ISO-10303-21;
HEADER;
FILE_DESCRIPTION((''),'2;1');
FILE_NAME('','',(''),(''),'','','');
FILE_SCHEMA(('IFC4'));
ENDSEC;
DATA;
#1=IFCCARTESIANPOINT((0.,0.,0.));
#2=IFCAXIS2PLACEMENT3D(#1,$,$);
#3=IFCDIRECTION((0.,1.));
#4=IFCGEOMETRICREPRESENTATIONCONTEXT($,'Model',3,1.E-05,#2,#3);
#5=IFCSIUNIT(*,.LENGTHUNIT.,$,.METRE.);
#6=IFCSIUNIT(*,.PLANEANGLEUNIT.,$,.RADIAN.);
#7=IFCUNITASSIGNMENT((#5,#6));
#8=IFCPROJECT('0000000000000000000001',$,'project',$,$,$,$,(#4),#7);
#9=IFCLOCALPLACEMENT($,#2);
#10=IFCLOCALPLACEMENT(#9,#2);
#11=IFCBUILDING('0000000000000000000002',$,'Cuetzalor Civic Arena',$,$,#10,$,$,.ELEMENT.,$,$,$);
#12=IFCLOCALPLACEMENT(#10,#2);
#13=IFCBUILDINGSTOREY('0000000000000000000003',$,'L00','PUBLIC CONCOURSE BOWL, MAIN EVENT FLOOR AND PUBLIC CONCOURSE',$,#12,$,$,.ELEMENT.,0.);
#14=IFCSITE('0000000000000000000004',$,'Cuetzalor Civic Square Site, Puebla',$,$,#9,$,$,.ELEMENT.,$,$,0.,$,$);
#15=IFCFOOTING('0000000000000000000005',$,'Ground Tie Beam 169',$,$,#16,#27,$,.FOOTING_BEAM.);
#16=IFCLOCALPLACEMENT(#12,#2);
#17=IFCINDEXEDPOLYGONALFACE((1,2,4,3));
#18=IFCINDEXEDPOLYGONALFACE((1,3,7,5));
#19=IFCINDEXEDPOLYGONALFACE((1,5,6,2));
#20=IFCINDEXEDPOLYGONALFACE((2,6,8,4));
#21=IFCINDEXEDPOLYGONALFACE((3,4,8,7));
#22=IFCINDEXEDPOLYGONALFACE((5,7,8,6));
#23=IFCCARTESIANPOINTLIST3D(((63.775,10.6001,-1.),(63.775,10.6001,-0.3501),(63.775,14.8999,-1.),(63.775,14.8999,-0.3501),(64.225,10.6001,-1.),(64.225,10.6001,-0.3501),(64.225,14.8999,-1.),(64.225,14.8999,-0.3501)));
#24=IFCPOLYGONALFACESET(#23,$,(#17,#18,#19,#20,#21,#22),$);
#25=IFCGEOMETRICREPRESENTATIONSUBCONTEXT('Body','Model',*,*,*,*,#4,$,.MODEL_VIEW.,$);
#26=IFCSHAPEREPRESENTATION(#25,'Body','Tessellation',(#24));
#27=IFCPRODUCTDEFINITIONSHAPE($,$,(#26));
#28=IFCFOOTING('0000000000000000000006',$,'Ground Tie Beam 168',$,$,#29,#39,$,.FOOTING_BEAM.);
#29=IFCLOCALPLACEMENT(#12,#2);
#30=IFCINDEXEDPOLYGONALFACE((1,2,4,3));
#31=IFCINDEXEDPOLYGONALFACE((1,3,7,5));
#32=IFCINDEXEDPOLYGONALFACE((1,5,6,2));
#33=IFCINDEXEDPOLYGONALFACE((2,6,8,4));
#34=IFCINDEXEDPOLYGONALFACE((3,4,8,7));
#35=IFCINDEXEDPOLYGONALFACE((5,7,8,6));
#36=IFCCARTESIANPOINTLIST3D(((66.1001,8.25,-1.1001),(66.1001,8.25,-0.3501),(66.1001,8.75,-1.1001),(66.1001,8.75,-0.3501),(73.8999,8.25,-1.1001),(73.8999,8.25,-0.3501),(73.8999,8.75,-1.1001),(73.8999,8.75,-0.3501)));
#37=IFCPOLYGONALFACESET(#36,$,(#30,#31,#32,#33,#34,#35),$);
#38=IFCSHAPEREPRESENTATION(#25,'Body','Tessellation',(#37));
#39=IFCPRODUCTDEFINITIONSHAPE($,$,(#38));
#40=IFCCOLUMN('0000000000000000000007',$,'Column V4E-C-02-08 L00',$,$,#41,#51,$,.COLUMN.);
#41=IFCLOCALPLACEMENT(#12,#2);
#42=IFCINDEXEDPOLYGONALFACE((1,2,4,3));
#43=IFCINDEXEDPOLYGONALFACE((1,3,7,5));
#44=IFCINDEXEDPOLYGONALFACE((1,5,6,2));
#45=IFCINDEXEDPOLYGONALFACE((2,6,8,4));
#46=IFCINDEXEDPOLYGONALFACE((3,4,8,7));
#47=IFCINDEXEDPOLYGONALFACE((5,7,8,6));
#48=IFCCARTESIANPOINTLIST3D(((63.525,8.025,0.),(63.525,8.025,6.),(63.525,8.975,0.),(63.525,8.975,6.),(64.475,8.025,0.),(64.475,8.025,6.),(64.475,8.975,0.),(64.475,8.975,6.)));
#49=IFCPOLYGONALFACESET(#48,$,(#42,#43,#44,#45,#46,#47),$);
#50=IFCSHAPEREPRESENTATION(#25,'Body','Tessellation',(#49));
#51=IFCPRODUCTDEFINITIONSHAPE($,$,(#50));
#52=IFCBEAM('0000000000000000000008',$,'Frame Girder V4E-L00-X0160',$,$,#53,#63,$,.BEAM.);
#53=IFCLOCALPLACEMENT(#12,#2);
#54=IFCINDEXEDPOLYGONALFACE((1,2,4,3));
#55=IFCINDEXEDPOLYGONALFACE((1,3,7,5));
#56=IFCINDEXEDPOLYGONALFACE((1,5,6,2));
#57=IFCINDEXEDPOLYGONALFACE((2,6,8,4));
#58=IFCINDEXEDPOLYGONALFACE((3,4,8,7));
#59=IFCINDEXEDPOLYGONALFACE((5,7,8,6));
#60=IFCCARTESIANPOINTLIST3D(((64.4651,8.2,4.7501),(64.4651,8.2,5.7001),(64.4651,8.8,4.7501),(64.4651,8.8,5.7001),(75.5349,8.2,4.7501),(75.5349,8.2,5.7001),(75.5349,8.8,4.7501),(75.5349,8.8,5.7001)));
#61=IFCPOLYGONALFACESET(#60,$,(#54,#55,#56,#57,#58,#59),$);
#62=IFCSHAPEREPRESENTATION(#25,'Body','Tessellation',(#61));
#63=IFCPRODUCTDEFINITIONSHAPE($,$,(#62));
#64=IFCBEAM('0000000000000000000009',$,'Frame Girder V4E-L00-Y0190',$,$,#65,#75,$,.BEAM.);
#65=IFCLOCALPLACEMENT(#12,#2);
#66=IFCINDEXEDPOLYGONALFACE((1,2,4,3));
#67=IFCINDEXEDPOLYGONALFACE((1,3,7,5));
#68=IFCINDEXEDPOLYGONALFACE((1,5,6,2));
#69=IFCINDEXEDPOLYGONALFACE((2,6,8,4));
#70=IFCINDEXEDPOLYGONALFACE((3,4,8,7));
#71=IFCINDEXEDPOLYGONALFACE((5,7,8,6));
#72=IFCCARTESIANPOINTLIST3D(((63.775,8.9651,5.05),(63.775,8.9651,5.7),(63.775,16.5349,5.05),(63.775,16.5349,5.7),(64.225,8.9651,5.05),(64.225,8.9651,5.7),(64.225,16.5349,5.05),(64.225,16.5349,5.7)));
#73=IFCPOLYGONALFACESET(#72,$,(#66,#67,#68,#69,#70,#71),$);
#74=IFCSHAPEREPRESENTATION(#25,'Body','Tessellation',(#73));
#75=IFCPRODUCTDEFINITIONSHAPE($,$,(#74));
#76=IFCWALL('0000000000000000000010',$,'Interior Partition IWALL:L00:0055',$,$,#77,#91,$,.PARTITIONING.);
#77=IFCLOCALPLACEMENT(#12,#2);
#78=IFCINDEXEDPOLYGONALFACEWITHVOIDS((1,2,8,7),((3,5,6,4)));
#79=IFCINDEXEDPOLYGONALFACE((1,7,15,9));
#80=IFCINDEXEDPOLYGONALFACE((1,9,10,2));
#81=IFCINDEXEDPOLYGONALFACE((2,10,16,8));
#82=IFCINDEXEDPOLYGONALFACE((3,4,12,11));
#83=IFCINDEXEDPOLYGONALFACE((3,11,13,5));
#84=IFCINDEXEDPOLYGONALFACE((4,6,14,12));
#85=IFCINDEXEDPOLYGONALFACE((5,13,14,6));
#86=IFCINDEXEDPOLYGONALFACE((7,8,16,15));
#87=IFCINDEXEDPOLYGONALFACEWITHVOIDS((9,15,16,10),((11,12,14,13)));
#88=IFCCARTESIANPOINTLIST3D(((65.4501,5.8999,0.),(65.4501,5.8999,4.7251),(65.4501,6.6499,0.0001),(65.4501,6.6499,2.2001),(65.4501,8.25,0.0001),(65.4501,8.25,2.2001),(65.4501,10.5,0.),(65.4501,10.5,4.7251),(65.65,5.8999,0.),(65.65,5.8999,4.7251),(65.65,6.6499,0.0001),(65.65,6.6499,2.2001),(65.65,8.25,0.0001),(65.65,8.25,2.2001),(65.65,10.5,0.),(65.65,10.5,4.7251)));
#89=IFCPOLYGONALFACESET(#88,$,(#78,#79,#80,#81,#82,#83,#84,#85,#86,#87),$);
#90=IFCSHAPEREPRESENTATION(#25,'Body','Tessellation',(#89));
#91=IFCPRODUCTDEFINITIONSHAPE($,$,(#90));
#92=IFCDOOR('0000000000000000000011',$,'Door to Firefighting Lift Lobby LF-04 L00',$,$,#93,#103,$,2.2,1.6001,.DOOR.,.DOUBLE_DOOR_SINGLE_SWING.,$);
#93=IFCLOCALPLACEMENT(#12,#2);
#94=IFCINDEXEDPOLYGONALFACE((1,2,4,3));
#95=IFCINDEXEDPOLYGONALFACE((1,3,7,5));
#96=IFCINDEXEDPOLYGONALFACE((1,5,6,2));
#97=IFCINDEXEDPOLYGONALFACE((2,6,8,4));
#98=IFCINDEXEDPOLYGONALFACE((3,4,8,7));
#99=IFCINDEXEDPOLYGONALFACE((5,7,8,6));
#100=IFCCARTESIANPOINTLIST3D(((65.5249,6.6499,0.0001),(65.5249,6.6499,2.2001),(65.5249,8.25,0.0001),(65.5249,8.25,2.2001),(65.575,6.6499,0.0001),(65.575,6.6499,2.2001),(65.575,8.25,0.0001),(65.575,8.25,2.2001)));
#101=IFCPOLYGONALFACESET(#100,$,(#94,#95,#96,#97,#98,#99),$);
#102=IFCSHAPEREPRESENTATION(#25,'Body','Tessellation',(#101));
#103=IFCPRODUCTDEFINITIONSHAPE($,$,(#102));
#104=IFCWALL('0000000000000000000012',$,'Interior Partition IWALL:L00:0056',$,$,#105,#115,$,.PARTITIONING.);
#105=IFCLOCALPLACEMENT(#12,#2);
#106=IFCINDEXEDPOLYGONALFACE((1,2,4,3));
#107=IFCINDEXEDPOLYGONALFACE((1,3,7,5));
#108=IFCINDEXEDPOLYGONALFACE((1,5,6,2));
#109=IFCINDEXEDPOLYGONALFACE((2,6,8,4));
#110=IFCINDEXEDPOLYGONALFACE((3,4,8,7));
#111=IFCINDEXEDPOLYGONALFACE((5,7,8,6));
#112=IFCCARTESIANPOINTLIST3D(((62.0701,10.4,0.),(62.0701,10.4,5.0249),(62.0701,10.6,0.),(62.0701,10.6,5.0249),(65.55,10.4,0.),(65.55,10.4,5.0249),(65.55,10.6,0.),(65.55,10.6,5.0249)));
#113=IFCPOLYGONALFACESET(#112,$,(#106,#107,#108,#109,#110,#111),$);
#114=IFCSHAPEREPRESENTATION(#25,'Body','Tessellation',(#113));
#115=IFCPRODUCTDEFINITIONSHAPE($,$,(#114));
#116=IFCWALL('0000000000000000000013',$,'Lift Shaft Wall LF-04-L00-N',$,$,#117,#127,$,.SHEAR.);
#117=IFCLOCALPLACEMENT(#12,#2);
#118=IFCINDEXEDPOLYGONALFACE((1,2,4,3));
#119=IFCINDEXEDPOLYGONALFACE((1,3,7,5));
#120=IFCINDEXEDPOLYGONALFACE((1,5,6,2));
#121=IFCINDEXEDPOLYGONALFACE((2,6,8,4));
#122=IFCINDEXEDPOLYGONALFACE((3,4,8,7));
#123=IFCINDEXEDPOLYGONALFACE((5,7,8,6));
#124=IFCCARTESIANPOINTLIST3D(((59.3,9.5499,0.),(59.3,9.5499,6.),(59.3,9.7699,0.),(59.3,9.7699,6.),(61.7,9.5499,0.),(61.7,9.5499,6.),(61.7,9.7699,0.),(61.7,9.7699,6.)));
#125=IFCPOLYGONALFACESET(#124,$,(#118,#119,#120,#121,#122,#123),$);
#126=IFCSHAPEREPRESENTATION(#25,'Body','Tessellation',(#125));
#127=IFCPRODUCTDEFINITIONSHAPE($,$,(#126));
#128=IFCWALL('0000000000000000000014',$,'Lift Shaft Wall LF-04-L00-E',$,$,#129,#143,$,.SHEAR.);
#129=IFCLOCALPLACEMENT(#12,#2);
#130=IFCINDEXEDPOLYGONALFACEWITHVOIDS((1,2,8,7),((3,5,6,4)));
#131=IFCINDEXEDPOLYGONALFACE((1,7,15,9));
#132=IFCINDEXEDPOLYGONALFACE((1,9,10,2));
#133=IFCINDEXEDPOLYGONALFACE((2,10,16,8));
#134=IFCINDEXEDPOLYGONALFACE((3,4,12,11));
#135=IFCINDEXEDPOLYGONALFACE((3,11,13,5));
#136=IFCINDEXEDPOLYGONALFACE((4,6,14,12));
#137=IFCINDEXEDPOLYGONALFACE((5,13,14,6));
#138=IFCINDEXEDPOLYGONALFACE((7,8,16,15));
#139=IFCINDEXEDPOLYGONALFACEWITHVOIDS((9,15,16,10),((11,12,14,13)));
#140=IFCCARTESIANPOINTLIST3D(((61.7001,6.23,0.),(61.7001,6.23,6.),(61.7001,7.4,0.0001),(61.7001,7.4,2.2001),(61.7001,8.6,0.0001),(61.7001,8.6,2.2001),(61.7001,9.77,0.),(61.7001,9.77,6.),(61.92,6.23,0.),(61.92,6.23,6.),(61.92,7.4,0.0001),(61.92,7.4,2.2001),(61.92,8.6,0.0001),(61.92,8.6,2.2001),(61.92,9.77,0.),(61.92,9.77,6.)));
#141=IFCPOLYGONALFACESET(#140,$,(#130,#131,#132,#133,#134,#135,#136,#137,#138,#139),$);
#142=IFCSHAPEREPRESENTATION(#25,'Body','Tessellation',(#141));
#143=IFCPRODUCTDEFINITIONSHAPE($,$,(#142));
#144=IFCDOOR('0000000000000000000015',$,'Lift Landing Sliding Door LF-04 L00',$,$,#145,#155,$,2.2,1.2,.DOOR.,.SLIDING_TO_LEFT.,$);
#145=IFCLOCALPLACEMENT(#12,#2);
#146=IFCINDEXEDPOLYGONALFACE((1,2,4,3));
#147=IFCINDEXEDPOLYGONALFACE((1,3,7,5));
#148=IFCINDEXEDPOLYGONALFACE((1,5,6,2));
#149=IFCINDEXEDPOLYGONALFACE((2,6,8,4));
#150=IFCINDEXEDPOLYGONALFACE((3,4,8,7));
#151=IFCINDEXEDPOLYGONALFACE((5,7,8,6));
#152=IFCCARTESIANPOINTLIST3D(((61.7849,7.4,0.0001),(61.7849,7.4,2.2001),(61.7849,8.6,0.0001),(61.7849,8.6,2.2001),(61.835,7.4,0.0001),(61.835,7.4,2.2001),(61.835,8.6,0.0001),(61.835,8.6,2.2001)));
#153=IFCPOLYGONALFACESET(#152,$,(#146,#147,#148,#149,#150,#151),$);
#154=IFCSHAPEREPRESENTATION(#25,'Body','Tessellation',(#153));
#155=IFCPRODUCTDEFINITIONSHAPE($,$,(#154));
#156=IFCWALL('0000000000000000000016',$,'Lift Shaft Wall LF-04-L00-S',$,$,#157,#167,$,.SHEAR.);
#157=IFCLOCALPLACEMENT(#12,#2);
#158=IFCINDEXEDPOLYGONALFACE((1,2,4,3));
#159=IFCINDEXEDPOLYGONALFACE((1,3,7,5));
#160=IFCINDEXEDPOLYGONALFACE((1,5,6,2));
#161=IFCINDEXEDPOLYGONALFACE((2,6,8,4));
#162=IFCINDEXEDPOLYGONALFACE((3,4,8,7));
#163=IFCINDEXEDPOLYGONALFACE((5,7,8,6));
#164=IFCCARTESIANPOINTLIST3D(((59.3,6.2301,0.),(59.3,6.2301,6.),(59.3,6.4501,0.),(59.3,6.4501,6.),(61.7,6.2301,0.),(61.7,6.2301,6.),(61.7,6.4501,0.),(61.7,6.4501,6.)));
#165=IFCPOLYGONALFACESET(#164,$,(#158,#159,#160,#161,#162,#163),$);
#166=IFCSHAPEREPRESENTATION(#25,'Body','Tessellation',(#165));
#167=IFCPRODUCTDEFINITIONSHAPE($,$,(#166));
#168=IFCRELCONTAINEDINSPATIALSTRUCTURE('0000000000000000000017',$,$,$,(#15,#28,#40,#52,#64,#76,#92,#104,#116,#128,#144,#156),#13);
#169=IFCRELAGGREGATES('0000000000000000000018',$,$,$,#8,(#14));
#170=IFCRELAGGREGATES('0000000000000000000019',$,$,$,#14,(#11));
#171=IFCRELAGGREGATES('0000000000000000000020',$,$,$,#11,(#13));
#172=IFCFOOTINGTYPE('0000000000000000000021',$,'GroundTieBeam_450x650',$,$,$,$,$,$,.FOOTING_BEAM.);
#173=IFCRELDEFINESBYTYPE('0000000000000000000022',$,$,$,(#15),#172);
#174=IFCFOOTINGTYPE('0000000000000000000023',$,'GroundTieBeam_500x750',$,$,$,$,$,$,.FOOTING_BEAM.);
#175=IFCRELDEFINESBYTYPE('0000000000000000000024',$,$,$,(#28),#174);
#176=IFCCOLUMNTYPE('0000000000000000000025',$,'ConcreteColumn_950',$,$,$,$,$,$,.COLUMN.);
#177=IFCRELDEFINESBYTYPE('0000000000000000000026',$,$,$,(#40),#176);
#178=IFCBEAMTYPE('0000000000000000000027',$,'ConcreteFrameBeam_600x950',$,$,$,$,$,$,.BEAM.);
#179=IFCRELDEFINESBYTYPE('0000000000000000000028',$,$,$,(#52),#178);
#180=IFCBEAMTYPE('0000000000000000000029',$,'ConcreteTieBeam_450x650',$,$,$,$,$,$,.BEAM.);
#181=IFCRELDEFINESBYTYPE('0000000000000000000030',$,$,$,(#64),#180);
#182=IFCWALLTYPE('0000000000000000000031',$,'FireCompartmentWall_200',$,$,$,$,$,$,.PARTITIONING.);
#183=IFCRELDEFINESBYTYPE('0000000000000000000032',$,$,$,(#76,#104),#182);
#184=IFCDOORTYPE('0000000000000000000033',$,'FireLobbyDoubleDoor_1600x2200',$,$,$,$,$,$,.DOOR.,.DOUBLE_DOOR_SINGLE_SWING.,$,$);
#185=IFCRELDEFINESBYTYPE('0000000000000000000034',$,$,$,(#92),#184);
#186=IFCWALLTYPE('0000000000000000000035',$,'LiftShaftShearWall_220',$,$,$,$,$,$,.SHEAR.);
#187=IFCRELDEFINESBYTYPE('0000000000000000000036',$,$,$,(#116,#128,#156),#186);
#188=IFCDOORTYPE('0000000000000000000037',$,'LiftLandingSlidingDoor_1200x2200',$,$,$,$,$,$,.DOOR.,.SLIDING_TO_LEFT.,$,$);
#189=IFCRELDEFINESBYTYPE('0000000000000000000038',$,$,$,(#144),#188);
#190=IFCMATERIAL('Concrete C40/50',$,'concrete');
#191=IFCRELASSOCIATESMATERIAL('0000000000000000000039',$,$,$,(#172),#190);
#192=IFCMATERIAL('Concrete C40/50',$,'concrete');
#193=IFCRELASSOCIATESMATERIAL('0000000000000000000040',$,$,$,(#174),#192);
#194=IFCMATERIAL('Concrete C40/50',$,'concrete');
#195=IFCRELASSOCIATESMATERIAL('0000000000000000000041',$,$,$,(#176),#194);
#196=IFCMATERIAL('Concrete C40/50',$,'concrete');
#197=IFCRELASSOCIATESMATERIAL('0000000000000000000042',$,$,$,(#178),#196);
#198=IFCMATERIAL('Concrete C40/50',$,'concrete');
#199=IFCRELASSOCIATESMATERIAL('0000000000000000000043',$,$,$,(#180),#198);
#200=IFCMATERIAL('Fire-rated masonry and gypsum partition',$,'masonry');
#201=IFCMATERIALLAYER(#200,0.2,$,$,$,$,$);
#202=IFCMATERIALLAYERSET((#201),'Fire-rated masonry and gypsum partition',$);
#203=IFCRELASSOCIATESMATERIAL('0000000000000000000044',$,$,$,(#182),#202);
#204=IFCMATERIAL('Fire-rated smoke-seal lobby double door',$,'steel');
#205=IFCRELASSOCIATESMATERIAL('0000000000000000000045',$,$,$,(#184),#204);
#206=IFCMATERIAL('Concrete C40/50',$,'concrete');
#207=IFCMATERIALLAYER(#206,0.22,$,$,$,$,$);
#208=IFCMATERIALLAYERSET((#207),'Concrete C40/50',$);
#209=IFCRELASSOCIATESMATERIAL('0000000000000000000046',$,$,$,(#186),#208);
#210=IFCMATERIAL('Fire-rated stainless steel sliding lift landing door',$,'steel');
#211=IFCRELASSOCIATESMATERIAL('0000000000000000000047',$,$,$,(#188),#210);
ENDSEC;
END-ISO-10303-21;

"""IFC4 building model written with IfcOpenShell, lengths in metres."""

from ifc_helpers import new_model, si_unit, direction, frame, frame_2d, origin, origin_2d, place, context, subcontext, project, spatial, rectangle, extrude, material, layer, layer_set, material_profile, profile_set, type_object, element, fill, save


model = new_model("IFC4")

# Units and contexts
model_context = context("Model", 3, precision=1e-05, world=origin(), true_north=direction((0.0, 1.0)))
body_context = subcontext(model_context, "Body", "Model", "MODEL_VIEW")
ifc_project = project(units=[si_unit("LENGTHUNIT", "METRE"), si_unit("PLANEANGLEUNIT", "RADIAN")], contexts=[model_context])

# Site, building, storey
site_placement = place(None, origin())
site = spatial("IfcSite", under=ifc_project, at=site_placement, Name="Cuetzalor Civic Square Site, Puebla", CompositionType="ELEMENT", RefElevation=0.0)
building_placement = place(site_placement, origin())
building = spatial("IfcBuilding", under=site, at=building_placement, Name="Cuetzalor Civic Arena", CompositionType="ELEMENT")
storey_placement = place(building_placement, origin())
storey = spatial("IfcBuildingStorey", under=building, at=storey_placement, Name="L00", Description="PUBLIC CONCOURSE BOWL, MAIN EVENT FLOOR AND PUBLIC CONCOURSE", CompositionType="ELEMENT", Elevation=0.0)

# Footings
ifc_material_1 = material(Name="Concrete C40/50", Category="concrete")
ifc_material_profile_1 = material_profile(ifc_material_1, rectangle(XDim=0.45, YDim=0.6499, at=origin_2d()), Name="RC 450x650")
ifc_profile_set_1 = profile_set([ifc_material_profile_1], Name="Concrete C40/50")
footing_type_1 = type_object("IfcFootingType", Name="GroundTieBeam_450x650", PredefinedType="FOOTING_BEAM", material=ifc_profile_set_1)
footing_1_placement = place(storey_placement, frame((64.0, 10.6001, -0.675), z_axis=(0.0, 1.0, 0.0), x_axis=(-1.0, 0.0, 0.0)))
element("IfcFooting", 1, at=footing_1_placement, inside=storey, type_object=footing_type_1, Name="Ground Tie Beam 169", PredefinedType="FOOTING_BEAM", context=body_context, shape_type="SweptSolid", body=[
    extrude(rectangle(XDim=0.45, YDim=0.6499, at=origin_2d()), origin(), (0.0, 0.0, 1.0), 4.2998),
])
ifc_material_2 = material(Name="Concrete C40/50", Category="concrete")
ifc_material_profile_2 = material_profile(ifc_material_2, rectangle(XDim=0.5, YDim=0.75, at=origin_2d()), Name="RC 500x750")
ifc_profile_set_2 = profile_set([ifc_material_profile_2], Name="Concrete C40/50")
footing_type_2 = type_object("IfcFootingType", Name="GroundTieBeam_500x750", PredefinedType="FOOTING_BEAM", material=ifc_profile_set_2)
footing_2_placement = place(storey_placement, frame((66.1001, 8.5, -0.7251), z_axis=(1.0, 0.0, 0.0), x_axis=(0.0, 1.0, 0.0)))
element("IfcFooting", 2, at=footing_2_placement, inside=storey, type_object=footing_type_2, Name="Ground Tie Beam 168", PredefinedType="FOOTING_BEAM", context=body_context, shape_type="SweptSolid", body=[
    extrude(rectangle(XDim=0.5, YDim=0.75, at=origin_2d()), origin(), (0.0, 0.0, 1.0), 7.7998),
])

# Column
ifc_material_3 = material(Name="Concrete C40/50", Category="concrete")
ifc_material_profile_3 = material_profile(ifc_material_3, rectangle(XDim=0.95, YDim=0.95, at=origin_2d()), Name="RC 950x950")
ifc_profile_set_3 = profile_set([ifc_material_profile_3], Name="Concrete C40/50")
column_type = type_object("IfcColumnType", Name="ConcreteColumn_950", PredefinedType="COLUMN", material=ifc_profile_set_3)
column_placement = place(storey_placement, frame((64.0, 8.5, 0.0), z_axis=(0.0, 0.0, 1.0), x_axis=(1.0, 0.0, 0.0)))
element("IfcColumn", 3, at=column_placement, inside=storey, type_object=column_type, Name="Column V4E-C-02-08 L00", PredefinedType="COLUMN", context=body_context, shape_type="SweptSolid", body=[
    extrude(rectangle(XDim=0.95, YDim=0.95, at=origin_2d()), origin(), (0.0, 0.0, 1.0), 6.0),
])

# Beams
ifc_material_4 = material(Name="Concrete C40/50", Category="concrete")
ifc_material_profile_4 = material_profile(ifc_material_4, rectangle(XDim=0.6001, YDim=0.95, at=origin_2d()), Name="RC 600x950")
ifc_profile_set_4 = profile_set([ifc_material_profile_4], Name="Concrete C40/50")
beam_type_1 = type_object("IfcBeamType", Name="ConcreteFrameBeam_600x950", PredefinedType="BEAM", material=ifc_profile_set_4)
beam_1_placement = place(storey_placement, frame((64.4651, 8.5, 5.2251), z_axis=(1.0, 0.0, 0.0), x_axis=(0.0, 1.0, 0.0)))
element("IfcBeam", 4, at=beam_1_placement, inside=storey, type_object=beam_type_1, Name="Frame Girder V4E-L00-X0160", PredefinedType="BEAM", context=body_context, shape_type="SweptSolid", body=[
    extrude(rectangle(XDim=0.6001, YDim=0.95, at=origin_2d()), origin(), (0.0, 0.0, 1.0), 11.0698),
])
ifc_material_5 = material(Name="Concrete C40/50", Category="concrete")
ifc_material_profile_5 = material_profile(ifc_material_5, rectangle(XDim=0.45, YDim=0.6499, at=origin_2d()), Name="RC 450x650")
ifc_profile_set_5 = profile_set([ifc_material_profile_5], Name="Concrete C40/50")
beam_type_2 = type_object("IfcBeamType", Name="ConcreteTieBeam_450x650", PredefinedType="BEAM", material=ifc_profile_set_5)
beam_2_placement = place(storey_placement, frame((64.0, 8.9651, 5.375), z_axis=(0.0, 1.0, 0.0), x_axis=(-1.0, 0.0, 0.0)))
element("IfcBeam", 5, at=beam_2_placement, inside=storey, type_object=beam_type_2, Name="Frame Girder V4E-L00-Y0190", PredefinedType="BEAM", context=body_context, shape_type="SweptSolid", body=[
    extrude(rectangle(XDim=0.45, YDim=0.6499, at=origin_2d()), origin(), (0.0, 0.0, 1.0), 7.5698),
])

# Wall, opening, door
ifc_material_6 = material(Name="Fire-rated masonry and gypsum partition", Category="masonry")
ifc_layer_1 = layer(ifc_material_6, 0.2)
ifc_layer_set_1 = layer_set([ifc_layer_1], Name="Fire-rated masonry and gypsum partition")
wall_type_1 = type_object("IfcWallType", Name="FireCompartmentWall_200", PredefinedType="PARTITIONING", material=ifc_layer_set_1)
wall_1_placement = place(storey_placement, frame((65.55, 10.5, 0.0), z_axis=(0.0, 0.0, 1.0), x_axis=(0.0, -1.0, 0.0)))
wall_1 = element("IfcWall", 6, at=wall_1_placement, inside=storey, type_object=wall_type_1, Name="Interior Partition IWALL:L00:0055", PredefinedType="PARTITIONING", context=body_context, shape_type="SweptSolid", body=[
    extrude(rectangle(XDim=4.6001, YDim=0.2, at=frame_2d((2.3, 0.0))), origin(), (0.0, 0.0, 1.0), 4.7251),
])
opening_1_placement = place(wall_1_placement, frame((2.25, 0.0, 0.0)))
opening_1 = element("IfcOpeningElement", 7, at=opening_1_placement, cuts=wall_1, PredefinedType="OPENING", context=body_context, shape_type="SweptSolid", body=[
    extrude(rectangle(XDim=1.6001, YDim=2.2, at=frame_2d((0.8, 1.1001))), frame((0.0, 0.1099, 0.0), z_axis=(0.0, -1.0, 0.0), x_axis=(1.0, 0.0, 0.0)), (0.0, 0.0, 1.0), 0.22),
])
ifc_material_7 = material(Name="Fire-rated smoke-seal lobby double door", Category="steel")
door_type_1 = type_object("IfcDoorType", Name="FireLobbyDoubleDoor_1600x2200", OperationType="DOUBLE_DOOR_SINGLE_SWING", PredefinedType="DOOR", material=ifc_material_7)
door_1_placement = place(opening_1_placement, origin())
door_1 = element("IfcDoor", 8, at=door_1_placement, inside=storey, type_object=door_type_1, Name="Door to Firefighting Lift Lobby LF-04 L00", OperationType="DOUBLE_DOOR_SINGLE_SWING", OverallHeight=2.2, OverallWidth=1.6001, PredefinedType="DOOR", context=body_context, shape_type="SweptSolid", body=[
    extrude(rectangle(XDim=1.6001, YDim=2.2, at=frame_2d((0.8, 1.1001))), frame((0.0, 0.0249, 0.0), z_axis=(0.0, -1.0, 0.0), x_axis=(1.0, 0.0, 0.0)), (0.0, 0.0, 1.0), 0.05),
])
fill(opening_1, door_1)

# Walls
wall_2_placement = place(storey_placement, frame((62.0701, 10.5, 0.0), z_axis=(0.0, 0.0, 1.0), x_axis=(1.0, 0.0, 0.0)))
element("IfcWall", 9, at=wall_2_placement, inside=storey, type_object=wall_type_1, Name="Interior Partition IWALL:L00:0056", PredefinedType="PARTITIONING", context=body_context, shape_type="SweptSolid", body=[
    extrude(rectangle(XDim=3.48, YDim=0.2, at=frame_2d((1.74, 0.0))), origin(), (0.0, 0.0, 1.0), 5.0249),
])
ifc_material_8 = material(Name="Concrete C40/50", Category="concrete")
ifc_layer_2 = layer(ifc_material_8, 0.22)
ifc_layer_set_2 = layer_set([ifc_layer_2], Name="Concrete C40/50")
wall_type_2 = type_object("IfcWallType", Name="LiftShaftShearWall_220", PredefinedType="SHEAR", material=ifc_layer_set_2)
wall_3_placement = place(storey_placement, frame((59.3, 9.6599, 0.0), z_axis=(0.0, 0.0, 1.0), x_axis=(1.0, 0.0, 0.0)))
element("IfcWall", 10, at=wall_3_placement, inside=storey, type_object=wall_type_2, Name="Lift Shaft Wall LF-04-L00-N", PredefinedType="SHEAR", context=body_context, shape_type="SweptSolid", body=[
    extrude(rectangle(XDim=2.3999, YDim=0.22, at=frame_2d((1.2, 0.0))), origin(), (0.0, 0.0, 1.0), 6.0),
])

# Wall, opening, door
wall_4_placement = place(storey_placement, frame((61.8101, 9.77, 0.0), z_axis=(0.0, 0.0, 1.0), x_axis=(0.0, -1.0, 0.0)))
wall_4 = element("IfcWall", 11, at=wall_4_placement, inside=storey, type_object=wall_type_2, Name="Lift Shaft Wall LF-04-L00-E", PredefinedType="SHEAR", context=body_context, shape_type="SweptSolid", body=[
    extrude(rectangle(XDim=3.54, YDim=0.22, at=frame_2d((1.77, 0.0))), origin(), (0.0, 0.0, 1.0), 6.0),
])
opening_2_placement = place(wall_4_placement, frame((1.1699, 0.0, 0.0)))
opening_2 = element("IfcOpeningElement", 12, at=opening_2_placement, cuts=wall_4, PredefinedType="OPENING", context=body_context, shape_type="SweptSolid", body=[
    extrude(rectangle(XDim=1.2, YDim=2.2, at=frame_2d((0.6001, 1.1001))), frame((0.0, 0.1201, 0.0), z_axis=(0.0, -1.0, 0.0), x_axis=(1.0, 0.0, 0.0)), (0.0, 0.0, 1.0), 0.24),
])
ifc_material_9 = material(Name="Fire-rated stainless steel sliding lift landing door", Category="steel")
door_type_2 = type_object("IfcDoorType", Name="LiftLandingSlidingDoor_1200x2200", OperationType="SLIDING_TO_LEFT", PredefinedType="DOOR", material=ifc_material_9)
door_2_placement = place(opening_2_placement, origin())
door_2 = element("IfcDoor", 13, at=door_2_placement, inside=storey, type_object=door_type_2, Name="Lift Landing Sliding Door LF-04 L00", OperationType="SLIDING_TO_LEFT", OverallHeight=2.2, OverallWidth=1.2, PredefinedType="DOOR", context=body_context, shape_type="SweptSolid", body=[
    extrude(rectangle(XDim=1.2, YDim=2.2, at=frame_2d((0.6001, 1.1001))), frame((0.0, 0.0249, 0.0), z_axis=(0.0, -1.0, 0.0), x_axis=(1.0, 0.0, 0.0)), (0.0, 0.0, 1.0), 0.05),
])
fill(opening_2, door_2)

# Wall
for number, where, z_axis, x_axis, name in (
    (14, (61.7, 6.3401, 0.0), (0.0, 0.0, 1.0), (-1.0, 0.0, 0.0), "Lift Shaft Wall LF-04-L00-S"),
):
    element("IfcWall", number, at=place(storey_placement, frame(where, z_axis=z_axis, x_axis=x_axis)), inside=storey, type_object=wall_type_2, Name=name, PredefinedType="SHEAR", context=body_context, shape_type="SweptSolid", body=[
        extrude(rectangle(XDim=2.3999, YDim=0.22, at=frame_2d((1.2, 0.0))), origin(), (0.0, 0.0, 1.0), 6.0),
    ])

save(model, "model.ifc")
